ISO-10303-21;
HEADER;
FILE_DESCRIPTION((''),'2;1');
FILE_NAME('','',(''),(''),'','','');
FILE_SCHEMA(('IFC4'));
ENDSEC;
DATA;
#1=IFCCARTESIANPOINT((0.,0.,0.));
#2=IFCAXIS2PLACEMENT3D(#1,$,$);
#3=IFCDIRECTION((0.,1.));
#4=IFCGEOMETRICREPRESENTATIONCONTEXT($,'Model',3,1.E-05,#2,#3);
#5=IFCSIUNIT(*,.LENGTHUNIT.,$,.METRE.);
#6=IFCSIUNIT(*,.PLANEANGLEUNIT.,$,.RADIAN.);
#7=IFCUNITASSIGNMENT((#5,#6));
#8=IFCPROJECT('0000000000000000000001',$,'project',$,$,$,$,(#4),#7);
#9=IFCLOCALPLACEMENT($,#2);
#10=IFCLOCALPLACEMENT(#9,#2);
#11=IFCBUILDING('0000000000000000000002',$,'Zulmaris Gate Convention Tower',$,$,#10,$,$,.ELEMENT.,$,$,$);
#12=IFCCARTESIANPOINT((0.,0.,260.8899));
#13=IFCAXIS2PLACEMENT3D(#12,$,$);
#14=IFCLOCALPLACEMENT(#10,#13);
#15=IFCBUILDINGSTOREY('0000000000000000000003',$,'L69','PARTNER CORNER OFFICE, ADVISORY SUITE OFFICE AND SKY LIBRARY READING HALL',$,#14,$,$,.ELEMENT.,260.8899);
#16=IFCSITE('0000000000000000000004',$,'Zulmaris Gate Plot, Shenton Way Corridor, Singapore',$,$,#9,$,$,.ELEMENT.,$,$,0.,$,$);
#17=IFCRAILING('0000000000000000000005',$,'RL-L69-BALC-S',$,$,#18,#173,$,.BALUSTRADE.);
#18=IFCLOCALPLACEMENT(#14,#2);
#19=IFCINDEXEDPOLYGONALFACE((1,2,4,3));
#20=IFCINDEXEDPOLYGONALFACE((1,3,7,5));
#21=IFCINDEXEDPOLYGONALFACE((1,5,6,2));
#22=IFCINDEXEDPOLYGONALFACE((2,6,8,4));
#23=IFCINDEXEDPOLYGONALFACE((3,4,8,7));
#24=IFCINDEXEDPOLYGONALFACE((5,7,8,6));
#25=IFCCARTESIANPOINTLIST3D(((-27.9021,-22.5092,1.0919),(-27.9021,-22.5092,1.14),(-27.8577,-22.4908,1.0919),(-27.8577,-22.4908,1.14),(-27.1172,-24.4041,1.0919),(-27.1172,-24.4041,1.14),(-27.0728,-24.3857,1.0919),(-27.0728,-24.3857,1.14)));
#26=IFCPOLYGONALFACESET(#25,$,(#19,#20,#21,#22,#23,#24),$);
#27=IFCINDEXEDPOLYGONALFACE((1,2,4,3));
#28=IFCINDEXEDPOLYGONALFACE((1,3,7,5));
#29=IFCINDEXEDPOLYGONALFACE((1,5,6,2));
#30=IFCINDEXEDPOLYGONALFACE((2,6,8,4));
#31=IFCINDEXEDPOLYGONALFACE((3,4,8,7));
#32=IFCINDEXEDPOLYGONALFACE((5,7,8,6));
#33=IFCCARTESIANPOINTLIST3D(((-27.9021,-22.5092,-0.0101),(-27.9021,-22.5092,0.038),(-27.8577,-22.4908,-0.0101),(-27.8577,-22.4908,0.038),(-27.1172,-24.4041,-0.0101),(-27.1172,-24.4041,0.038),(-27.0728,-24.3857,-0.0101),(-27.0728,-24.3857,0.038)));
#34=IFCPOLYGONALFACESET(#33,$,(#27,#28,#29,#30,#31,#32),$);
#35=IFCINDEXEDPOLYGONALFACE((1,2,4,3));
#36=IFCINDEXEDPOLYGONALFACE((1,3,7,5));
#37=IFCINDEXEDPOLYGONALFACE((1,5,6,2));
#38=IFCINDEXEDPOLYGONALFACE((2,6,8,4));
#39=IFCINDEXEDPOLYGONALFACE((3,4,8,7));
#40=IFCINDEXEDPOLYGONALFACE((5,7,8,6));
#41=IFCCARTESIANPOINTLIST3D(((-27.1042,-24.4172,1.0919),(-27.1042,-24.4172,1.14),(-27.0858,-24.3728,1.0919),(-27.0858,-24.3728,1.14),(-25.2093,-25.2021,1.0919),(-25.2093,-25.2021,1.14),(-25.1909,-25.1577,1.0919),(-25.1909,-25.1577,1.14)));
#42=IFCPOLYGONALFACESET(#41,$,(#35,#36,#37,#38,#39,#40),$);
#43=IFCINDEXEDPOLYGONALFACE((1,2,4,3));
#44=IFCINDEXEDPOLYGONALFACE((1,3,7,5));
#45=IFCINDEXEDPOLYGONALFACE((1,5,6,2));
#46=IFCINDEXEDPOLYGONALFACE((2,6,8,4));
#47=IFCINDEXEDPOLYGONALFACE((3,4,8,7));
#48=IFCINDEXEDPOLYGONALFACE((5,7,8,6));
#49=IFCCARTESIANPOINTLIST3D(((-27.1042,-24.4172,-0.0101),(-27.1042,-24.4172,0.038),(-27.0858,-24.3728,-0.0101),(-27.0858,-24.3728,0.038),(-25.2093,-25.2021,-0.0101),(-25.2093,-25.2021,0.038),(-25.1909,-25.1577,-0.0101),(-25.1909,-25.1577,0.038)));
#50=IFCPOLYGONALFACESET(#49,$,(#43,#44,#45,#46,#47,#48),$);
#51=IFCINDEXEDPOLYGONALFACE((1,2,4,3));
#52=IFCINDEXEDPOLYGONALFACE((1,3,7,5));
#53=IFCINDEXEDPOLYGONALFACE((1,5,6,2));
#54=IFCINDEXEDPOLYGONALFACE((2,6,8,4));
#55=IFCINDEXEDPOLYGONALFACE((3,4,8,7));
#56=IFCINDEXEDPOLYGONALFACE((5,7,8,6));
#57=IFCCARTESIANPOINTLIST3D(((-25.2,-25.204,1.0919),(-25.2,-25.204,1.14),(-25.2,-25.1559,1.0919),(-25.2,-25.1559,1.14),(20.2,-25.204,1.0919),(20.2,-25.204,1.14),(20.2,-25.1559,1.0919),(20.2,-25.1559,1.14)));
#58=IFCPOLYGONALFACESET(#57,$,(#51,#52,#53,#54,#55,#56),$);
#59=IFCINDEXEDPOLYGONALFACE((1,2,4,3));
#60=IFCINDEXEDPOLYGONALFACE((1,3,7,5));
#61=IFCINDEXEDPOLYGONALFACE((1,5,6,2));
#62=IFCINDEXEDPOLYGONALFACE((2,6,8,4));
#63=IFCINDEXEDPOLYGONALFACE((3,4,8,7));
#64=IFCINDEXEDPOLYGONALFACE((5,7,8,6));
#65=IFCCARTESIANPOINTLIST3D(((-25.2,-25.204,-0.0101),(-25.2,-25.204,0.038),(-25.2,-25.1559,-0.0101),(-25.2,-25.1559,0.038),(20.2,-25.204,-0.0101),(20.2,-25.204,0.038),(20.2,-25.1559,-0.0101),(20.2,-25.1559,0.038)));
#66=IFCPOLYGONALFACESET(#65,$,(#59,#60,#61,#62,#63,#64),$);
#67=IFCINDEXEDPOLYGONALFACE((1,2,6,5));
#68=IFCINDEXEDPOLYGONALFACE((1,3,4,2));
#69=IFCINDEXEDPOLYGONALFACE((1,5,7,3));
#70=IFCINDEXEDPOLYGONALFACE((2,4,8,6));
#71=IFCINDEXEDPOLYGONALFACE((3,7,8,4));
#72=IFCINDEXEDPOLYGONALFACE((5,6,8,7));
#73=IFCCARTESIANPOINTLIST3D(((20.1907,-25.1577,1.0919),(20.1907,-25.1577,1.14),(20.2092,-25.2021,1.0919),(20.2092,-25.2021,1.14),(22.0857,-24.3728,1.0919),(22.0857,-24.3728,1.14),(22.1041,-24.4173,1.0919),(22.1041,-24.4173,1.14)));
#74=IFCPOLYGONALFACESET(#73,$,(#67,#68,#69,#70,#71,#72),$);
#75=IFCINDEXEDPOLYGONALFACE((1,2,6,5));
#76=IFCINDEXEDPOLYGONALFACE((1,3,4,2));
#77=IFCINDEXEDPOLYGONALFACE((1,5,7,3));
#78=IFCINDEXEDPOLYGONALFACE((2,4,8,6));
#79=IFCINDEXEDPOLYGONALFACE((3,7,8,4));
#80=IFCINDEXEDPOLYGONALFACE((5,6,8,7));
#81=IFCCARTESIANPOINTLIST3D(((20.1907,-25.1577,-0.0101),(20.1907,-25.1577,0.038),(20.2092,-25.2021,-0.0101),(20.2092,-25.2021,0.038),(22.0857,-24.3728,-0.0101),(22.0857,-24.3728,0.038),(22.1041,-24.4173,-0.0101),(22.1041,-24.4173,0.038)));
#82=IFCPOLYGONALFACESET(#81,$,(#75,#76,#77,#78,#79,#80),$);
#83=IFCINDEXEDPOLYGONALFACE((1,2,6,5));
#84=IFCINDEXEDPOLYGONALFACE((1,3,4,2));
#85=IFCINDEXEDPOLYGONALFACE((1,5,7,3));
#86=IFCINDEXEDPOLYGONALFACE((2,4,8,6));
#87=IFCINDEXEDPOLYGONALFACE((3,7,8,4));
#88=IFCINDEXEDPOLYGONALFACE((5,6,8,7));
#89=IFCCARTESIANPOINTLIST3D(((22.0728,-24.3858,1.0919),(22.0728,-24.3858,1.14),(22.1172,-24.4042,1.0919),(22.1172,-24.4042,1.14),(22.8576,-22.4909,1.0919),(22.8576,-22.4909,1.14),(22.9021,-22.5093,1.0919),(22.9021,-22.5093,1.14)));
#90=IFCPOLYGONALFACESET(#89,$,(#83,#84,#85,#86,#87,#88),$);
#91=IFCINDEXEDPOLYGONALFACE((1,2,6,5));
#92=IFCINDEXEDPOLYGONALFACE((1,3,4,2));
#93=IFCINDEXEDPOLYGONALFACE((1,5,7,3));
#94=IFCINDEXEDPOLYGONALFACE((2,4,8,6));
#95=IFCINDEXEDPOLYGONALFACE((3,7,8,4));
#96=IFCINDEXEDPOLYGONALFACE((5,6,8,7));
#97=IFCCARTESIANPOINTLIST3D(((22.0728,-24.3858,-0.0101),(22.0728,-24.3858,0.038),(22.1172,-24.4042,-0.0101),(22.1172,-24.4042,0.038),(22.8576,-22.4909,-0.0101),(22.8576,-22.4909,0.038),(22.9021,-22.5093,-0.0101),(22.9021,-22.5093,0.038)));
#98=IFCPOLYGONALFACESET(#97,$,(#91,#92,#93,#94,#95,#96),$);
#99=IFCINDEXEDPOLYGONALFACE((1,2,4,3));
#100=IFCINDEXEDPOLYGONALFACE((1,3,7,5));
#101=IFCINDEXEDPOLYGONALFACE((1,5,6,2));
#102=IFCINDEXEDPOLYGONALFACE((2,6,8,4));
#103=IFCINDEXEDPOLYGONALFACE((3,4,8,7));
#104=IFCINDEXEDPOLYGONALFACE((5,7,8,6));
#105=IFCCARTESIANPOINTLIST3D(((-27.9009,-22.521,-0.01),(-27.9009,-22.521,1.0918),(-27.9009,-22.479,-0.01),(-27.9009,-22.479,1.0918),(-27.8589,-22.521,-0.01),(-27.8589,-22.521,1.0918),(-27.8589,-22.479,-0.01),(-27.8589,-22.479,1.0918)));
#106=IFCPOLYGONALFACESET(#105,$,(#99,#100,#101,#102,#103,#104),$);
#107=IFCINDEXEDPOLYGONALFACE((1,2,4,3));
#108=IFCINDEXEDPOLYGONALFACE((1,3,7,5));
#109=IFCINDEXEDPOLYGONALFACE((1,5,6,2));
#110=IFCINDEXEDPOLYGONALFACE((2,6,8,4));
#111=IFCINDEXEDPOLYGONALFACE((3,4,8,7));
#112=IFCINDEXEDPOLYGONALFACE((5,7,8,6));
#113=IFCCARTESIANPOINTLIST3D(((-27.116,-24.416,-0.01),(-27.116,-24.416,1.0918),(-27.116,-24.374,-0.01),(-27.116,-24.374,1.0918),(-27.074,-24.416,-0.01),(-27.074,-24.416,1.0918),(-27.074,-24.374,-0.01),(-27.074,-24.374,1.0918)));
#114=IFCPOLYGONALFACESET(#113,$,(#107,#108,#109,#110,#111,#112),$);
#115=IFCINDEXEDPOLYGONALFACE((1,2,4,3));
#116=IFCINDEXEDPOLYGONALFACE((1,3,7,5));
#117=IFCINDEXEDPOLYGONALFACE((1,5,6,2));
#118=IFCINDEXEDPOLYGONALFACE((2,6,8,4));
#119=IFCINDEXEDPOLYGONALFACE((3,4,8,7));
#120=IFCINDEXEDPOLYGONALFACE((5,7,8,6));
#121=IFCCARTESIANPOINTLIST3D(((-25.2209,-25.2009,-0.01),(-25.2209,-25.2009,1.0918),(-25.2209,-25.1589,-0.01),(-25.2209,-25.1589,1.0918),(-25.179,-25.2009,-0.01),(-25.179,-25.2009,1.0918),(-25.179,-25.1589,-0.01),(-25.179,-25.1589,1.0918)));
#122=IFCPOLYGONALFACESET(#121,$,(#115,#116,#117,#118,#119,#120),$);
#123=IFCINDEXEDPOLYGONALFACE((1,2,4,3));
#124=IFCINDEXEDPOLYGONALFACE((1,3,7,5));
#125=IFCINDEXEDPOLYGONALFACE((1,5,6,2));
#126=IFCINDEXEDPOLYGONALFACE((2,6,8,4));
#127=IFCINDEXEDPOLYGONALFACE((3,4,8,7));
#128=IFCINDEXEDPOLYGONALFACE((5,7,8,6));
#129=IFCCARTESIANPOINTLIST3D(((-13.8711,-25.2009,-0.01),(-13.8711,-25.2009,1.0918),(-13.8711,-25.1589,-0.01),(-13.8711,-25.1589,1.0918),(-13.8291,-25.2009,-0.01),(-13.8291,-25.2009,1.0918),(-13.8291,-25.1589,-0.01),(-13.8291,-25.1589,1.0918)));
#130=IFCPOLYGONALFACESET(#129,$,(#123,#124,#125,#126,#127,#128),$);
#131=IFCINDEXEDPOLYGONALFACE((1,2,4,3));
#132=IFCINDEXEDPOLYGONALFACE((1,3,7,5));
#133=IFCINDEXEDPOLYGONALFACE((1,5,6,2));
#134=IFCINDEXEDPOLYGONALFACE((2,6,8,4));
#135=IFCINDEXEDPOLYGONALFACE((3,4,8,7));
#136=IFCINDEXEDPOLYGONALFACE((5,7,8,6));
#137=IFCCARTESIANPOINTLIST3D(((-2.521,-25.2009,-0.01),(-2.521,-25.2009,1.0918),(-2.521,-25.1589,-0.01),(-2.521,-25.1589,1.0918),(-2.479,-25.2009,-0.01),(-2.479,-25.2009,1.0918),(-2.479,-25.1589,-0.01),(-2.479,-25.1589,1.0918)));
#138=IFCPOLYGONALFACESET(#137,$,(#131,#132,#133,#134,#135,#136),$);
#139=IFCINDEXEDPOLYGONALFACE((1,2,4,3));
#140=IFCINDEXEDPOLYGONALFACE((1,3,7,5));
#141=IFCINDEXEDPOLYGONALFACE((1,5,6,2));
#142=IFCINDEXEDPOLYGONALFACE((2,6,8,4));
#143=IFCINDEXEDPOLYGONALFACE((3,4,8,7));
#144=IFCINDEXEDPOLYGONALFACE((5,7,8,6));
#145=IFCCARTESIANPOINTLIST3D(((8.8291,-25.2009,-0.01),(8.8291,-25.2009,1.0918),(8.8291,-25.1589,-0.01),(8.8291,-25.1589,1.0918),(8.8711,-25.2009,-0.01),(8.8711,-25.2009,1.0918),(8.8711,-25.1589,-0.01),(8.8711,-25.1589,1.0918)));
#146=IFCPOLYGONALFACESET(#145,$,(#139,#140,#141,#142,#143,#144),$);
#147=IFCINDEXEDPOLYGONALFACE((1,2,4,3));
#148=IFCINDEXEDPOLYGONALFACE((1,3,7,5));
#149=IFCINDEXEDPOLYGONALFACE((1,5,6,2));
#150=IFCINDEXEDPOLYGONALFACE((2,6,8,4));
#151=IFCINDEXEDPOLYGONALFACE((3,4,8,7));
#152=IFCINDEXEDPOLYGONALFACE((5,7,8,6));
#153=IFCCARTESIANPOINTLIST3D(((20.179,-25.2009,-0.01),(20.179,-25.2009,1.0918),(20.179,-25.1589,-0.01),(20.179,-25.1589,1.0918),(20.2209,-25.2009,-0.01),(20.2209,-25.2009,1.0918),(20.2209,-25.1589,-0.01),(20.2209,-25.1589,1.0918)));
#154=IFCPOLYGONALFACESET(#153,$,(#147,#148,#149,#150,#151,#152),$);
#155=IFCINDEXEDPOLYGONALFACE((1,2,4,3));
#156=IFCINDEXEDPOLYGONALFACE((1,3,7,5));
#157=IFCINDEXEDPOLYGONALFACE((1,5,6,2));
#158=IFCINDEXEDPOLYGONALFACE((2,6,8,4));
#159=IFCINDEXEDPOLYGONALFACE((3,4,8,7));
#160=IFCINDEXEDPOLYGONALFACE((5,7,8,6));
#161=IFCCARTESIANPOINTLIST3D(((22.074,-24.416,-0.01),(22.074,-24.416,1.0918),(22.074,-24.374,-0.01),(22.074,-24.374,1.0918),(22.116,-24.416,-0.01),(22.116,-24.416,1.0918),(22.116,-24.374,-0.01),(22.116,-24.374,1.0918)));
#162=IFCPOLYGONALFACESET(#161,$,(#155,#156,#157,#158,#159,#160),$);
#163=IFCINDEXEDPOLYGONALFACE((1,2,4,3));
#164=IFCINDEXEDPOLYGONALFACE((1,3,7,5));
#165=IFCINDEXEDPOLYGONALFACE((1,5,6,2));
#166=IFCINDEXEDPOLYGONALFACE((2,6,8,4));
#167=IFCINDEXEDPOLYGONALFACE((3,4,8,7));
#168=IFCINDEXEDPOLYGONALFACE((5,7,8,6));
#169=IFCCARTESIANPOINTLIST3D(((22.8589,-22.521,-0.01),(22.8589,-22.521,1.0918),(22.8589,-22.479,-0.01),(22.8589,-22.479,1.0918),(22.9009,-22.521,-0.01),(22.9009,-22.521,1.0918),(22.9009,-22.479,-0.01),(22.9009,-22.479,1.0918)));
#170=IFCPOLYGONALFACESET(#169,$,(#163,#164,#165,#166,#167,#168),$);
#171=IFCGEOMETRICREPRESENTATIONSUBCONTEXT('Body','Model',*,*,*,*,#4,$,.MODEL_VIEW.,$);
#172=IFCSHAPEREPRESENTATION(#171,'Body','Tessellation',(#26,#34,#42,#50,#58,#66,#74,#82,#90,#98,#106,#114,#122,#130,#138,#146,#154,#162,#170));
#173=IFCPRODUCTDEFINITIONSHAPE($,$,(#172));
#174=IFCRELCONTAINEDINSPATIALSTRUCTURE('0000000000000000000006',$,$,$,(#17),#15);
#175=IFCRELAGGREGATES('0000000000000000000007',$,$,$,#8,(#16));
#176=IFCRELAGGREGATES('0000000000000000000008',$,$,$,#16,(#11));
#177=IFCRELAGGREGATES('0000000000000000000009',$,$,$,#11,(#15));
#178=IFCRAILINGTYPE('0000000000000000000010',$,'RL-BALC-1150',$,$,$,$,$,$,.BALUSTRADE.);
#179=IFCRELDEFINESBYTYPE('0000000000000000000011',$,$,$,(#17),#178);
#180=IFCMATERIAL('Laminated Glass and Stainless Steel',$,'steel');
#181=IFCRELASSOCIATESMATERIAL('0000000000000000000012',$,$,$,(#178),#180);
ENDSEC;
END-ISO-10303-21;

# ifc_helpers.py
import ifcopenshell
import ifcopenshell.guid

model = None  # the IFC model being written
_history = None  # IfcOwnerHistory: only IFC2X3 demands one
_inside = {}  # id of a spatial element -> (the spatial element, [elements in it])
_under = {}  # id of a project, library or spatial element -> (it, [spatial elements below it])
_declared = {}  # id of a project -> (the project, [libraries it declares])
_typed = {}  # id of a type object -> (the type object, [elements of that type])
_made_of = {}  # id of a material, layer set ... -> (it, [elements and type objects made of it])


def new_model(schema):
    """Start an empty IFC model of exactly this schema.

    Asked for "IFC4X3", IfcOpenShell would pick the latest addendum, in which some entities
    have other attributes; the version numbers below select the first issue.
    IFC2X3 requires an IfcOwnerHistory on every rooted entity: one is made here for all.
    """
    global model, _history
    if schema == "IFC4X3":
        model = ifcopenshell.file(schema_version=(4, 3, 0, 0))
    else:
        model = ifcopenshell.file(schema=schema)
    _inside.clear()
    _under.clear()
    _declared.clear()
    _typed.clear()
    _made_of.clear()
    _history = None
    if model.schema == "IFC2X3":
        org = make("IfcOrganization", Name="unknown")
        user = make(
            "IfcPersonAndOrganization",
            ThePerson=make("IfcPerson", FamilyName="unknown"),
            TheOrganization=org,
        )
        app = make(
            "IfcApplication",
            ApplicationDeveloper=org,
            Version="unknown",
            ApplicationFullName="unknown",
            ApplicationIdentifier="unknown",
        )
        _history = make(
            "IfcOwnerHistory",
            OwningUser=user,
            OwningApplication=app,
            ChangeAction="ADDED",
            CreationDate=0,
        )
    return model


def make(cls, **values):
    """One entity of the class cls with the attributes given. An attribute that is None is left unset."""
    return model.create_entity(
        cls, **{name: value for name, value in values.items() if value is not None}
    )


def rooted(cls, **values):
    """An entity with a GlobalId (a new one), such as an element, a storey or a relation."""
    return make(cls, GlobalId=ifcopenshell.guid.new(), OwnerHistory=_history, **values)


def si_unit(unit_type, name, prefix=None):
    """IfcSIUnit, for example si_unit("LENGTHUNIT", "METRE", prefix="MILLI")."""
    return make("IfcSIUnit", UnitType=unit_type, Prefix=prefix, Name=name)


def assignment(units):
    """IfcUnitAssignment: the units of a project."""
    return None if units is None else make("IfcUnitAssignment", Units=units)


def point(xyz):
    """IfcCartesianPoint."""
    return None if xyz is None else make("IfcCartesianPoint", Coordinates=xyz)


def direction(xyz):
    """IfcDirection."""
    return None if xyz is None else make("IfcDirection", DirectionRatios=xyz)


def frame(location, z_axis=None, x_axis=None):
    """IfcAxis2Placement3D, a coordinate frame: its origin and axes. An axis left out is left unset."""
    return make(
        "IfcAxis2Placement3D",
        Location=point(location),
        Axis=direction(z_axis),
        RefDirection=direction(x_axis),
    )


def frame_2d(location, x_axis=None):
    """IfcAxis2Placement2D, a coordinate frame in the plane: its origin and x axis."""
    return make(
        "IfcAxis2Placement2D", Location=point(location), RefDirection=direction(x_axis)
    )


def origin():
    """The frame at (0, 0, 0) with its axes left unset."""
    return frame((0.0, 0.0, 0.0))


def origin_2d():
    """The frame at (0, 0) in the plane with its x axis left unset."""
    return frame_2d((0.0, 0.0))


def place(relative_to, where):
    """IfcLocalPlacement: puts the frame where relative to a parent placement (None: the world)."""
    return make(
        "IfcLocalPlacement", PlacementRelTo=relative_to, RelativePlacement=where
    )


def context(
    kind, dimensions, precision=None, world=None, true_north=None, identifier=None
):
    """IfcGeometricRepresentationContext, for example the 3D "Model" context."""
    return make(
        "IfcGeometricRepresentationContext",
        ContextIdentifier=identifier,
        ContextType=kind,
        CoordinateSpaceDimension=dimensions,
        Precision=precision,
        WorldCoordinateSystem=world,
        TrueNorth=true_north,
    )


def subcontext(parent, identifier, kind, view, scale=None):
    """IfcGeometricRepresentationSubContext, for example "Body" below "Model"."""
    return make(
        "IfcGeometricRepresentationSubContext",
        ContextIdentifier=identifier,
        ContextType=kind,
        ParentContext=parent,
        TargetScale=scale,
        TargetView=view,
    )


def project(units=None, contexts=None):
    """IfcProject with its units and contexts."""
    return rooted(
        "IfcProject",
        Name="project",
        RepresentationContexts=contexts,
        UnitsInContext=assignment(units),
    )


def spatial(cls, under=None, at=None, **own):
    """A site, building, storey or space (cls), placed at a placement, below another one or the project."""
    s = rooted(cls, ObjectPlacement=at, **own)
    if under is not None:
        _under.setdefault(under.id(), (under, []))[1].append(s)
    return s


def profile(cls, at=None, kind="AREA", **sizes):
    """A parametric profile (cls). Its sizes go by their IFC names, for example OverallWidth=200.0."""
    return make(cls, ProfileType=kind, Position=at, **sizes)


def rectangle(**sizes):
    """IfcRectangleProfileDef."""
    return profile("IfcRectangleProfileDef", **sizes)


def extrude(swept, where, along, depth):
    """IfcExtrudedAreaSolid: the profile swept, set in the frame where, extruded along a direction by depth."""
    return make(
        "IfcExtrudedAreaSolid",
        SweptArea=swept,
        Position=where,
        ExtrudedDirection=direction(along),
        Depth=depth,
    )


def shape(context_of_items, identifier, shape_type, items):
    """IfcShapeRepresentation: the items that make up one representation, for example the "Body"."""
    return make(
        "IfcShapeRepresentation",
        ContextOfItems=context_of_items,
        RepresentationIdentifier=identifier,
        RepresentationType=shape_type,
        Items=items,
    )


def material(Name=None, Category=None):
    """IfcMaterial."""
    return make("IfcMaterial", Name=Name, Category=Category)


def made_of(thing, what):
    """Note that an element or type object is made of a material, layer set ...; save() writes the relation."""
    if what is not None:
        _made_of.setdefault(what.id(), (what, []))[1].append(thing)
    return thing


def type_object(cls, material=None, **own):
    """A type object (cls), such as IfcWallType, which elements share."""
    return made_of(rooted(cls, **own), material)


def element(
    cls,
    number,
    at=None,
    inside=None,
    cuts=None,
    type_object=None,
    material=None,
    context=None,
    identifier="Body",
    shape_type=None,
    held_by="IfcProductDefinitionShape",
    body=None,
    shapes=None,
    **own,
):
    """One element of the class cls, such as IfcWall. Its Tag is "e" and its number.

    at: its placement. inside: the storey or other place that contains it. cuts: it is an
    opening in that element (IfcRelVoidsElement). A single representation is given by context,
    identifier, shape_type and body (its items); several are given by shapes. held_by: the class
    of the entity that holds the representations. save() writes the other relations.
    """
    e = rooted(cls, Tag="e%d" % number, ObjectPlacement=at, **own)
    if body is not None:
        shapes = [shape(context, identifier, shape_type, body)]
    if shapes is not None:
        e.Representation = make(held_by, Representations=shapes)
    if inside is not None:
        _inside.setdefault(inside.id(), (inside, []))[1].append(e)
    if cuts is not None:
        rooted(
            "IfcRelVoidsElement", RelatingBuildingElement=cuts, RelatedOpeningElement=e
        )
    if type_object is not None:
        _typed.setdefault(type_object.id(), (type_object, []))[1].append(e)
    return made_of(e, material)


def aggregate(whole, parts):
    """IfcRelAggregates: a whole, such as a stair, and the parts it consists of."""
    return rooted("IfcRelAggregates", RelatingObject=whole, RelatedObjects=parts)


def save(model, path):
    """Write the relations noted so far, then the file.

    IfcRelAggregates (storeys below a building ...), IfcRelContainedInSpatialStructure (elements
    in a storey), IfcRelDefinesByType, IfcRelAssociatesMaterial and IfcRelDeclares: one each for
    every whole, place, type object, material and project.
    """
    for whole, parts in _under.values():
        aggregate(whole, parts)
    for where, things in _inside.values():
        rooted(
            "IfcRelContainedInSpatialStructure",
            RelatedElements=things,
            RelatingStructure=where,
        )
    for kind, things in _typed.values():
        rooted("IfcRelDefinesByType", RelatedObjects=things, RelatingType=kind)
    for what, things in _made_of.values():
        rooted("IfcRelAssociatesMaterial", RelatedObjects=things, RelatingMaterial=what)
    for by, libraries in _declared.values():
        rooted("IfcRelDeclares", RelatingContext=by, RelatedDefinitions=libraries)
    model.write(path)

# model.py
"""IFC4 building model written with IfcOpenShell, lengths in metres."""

from ifc_helpers import new_model, si_unit, direction, frame, origin, origin_2d, place, context, subcontext, project, spatial, rectangle, extrude, material, type_object, element, save


model = new_model("IFC4")

# Units and contexts
model_context = context("Model", 3, precision=1e-05, world=origin(), true_north=direction((0.0, 1.0)))
body_context = subcontext(model_context, "Body", "Model", "MODEL_VIEW")
ifc_project = project(units=[si_unit("LENGTHUNIT", "METRE"), si_unit("PLANEANGLEUNIT", "RADIAN")], contexts=[model_context])

# Site, building, storey
site_placement = place(None, origin())
site = spatial("IfcSite", under=ifc_project, at=site_placement, Name="Zulmaris Gate Plot, Shenton Way Corridor, Singapore", CompositionType="ELEMENT", RefElevation=0.0)
building_placement = place(site_placement, origin())
building = spatial("IfcBuilding", under=site, at=building_placement, Name="Zulmaris Gate Convention Tower", CompositionType="ELEMENT")
storey_placement = place(building_placement, frame((0.0, 0.0, 260.8899)))
storey = spatial("IfcBuildingStorey", under=building, at=storey_placement, Name="L69", Description="PARTNER CORNER OFFICE, ADVISORY SUITE OFFICE AND SKY LIBRARY READING HALL", CompositionType="ELEMENT", Elevation=260.8899)

# Railing
ifc_material_1 = material(Name="Laminated Glass and Stainless Steel", Category="steel")
railing_type = type_object("IfcRailingType", Name="RL-BALC-1150", PredefinedType="BALUSTRADE", material=ifc_material_1)
railing_placement = place(storey_placement, frame((-27.8799, -22.5, -0.01)))
element("IfcRailing", 1, at=railing_placement, inside=storey, type_object=railing_type, Name="RL-L69-BALC-S", PredefinedType="BALUSTRADE", context=body_context, shape_type="SweptSolid", body=[
    extrude(rectangle(XDim=0.0481, YDim=0.0481, at=origin_2d()), frame((0.0, 0.0, 1.126), z_axis=(0.382671, -0.923885, 0.0), x_axis=(0.923885, 0.382671, 0.0)), (0.0, 0.0, 1.0), 2.051),
    extrude(rectangle(XDim=0.0481, YDim=0.0481, at=origin_2d()), frame((0.0, 0.0, 0.0239), z_axis=(0.382671, -0.923885, 0.0), x_axis=(0.923885, 0.382671, 0.0)), (0.0, 0.0, 1.0), 2.051),
    extrude(rectangle(XDim=0.0481, YDim=0.0481, at=origin_2d()), frame((0.7849, -1.895, 1.126), z_axis=(0.923885, -0.382671, 0.0), x_axis=(0.382671, 0.923885, 0.0)), (0.0, 0.0, 1.0), 2.051),
    extrude(rectangle(XDim=0.0481, YDim=0.0481, at=origin_2d()), frame((0.7849, -1.895, 0.0239), z_axis=(0.923885, -0.382671, 0.0), x_axis=(0.382671, 0.923885, 0.0)), (0.0, 0.0, 1.0), 2.051),
    extrude(rectangle(XDim=0.0481, YDim=0.0481, at=origin_2d()), frame((2.6799, -2.6799, 1.126), z_axis=(1.0, 0.0, 0.0), x_axis=(0.0, 1.0, 0.0)), (0.0, 0.0, 1.0), 45.3999),
    extrude(rectangle(XDim=0.0481, YDim=0.0481, at=origin_2d()), frame((2.6799, -2.6799, 0.0239), z_axis=(1.0, 0.0, 0.0), x_axis=(0.0, 1.0, 0.0)), (0.0, 0.0, 1.0), 45.3999),
    extrude(rectangle(XDim=0.0481, YDim=0.0481, at=origin_2d()), frame((48.0798, -2.6799, 1.126), z_axis=(0.923885, 0.382671, 0.0), x_axis=(-0.382671, 0.923885, 0.0)), (0.0, 0.0, 1.0), 2.051),
    extrude(rectangle(XDim=0.0481, YDim=0.0481, at=origin_2d()), frame((48.0798, -2.6799, 0.0239), z_axis=(0.923885, 0.382671, 0.0), x_axis=(-0.382671, 0.923885, 0.0)), (0.0, 0.0, 1.0), 2.051),
    extrude(rectangle(XDim=0.0481, YDim=0.0481, at=origin_2d()), frame((49.9749, -1.895, 1.126), z_axis=(0.382671, 0.923885, 0.0), x_axis=(-0.923885, 0.382671, 0.0)), (0.0, 0.0, 1.0), 2.051),
    extrude(rectangle(XDim=0.0481, YDim=0.0481, at=origin_2d()), frame((49.9749, -1.895, 0.0239), z_axis=(0.382671, 0.923885, 0.0), x_axis=(-0.923885, 0.382671, 0.0)), (0.0, 0.0, 1.0), 2.051),
    extrude(rectangle(XDim=0.042, YDim=0.042, at=origin_2d()), origin(), (0.0, 0.0, 1.0), 1.1018),
    extrude(rectangle(XDim=0.042, YDim=0.042, at=origin_2d()), frame((0.7849, -1.895, 0.0)), (0.0, 0.0, 1.0), 1.1018),
    extrude(rectangle(XDim=0.042, YDim=0.042, at=origin_2d()), frame((2.6799, -2.6799, 0.0)), (0.0, 0.0, 1.0), 1.1018),
    extrude(rectangle(XDim=0.042, YDim=0.042, at=origin_2d()), frame((14.0298, -2.6799, 0.0)), (0.0, 0.0, 1.0), 1.1018),
    extrude(rectangle(XDim=0.042, YDim=0.042, at=origin_2d()), frame((25.3799, -2.6799, 0.0)), (0.0, 0.0, 1.0), 1.1018),
    extrude(rectangle(XDim=0.042, YDim=0.042, at=origin_2d()), frame((36.73, -2.6799, 0.0)), (0.0, 0.0, 1.0), 1.1018),
    extrude(rectangle(XDim=0.042, YDim=0.042, at=origin_2d()), frame((48.0798, -2.6799, 0.0)), (0.0, 0.0, 1.0), 1.1018),
    extrude(rectangle(XDim=0.042, YDim=0.042, at=origin_2d()), frame((49.9749, -1.895, 0.0)), (0.0, 0.0, 1.0), 1.1018),
    extrude(rectangle(XDim=0.042, YDim=0.042, at=origin_2d()), frame((50.7598, 0.0, 0.0)), (0.0, 0.0, 1.0), 1.1018),
])

save(model, "model.ifc")
